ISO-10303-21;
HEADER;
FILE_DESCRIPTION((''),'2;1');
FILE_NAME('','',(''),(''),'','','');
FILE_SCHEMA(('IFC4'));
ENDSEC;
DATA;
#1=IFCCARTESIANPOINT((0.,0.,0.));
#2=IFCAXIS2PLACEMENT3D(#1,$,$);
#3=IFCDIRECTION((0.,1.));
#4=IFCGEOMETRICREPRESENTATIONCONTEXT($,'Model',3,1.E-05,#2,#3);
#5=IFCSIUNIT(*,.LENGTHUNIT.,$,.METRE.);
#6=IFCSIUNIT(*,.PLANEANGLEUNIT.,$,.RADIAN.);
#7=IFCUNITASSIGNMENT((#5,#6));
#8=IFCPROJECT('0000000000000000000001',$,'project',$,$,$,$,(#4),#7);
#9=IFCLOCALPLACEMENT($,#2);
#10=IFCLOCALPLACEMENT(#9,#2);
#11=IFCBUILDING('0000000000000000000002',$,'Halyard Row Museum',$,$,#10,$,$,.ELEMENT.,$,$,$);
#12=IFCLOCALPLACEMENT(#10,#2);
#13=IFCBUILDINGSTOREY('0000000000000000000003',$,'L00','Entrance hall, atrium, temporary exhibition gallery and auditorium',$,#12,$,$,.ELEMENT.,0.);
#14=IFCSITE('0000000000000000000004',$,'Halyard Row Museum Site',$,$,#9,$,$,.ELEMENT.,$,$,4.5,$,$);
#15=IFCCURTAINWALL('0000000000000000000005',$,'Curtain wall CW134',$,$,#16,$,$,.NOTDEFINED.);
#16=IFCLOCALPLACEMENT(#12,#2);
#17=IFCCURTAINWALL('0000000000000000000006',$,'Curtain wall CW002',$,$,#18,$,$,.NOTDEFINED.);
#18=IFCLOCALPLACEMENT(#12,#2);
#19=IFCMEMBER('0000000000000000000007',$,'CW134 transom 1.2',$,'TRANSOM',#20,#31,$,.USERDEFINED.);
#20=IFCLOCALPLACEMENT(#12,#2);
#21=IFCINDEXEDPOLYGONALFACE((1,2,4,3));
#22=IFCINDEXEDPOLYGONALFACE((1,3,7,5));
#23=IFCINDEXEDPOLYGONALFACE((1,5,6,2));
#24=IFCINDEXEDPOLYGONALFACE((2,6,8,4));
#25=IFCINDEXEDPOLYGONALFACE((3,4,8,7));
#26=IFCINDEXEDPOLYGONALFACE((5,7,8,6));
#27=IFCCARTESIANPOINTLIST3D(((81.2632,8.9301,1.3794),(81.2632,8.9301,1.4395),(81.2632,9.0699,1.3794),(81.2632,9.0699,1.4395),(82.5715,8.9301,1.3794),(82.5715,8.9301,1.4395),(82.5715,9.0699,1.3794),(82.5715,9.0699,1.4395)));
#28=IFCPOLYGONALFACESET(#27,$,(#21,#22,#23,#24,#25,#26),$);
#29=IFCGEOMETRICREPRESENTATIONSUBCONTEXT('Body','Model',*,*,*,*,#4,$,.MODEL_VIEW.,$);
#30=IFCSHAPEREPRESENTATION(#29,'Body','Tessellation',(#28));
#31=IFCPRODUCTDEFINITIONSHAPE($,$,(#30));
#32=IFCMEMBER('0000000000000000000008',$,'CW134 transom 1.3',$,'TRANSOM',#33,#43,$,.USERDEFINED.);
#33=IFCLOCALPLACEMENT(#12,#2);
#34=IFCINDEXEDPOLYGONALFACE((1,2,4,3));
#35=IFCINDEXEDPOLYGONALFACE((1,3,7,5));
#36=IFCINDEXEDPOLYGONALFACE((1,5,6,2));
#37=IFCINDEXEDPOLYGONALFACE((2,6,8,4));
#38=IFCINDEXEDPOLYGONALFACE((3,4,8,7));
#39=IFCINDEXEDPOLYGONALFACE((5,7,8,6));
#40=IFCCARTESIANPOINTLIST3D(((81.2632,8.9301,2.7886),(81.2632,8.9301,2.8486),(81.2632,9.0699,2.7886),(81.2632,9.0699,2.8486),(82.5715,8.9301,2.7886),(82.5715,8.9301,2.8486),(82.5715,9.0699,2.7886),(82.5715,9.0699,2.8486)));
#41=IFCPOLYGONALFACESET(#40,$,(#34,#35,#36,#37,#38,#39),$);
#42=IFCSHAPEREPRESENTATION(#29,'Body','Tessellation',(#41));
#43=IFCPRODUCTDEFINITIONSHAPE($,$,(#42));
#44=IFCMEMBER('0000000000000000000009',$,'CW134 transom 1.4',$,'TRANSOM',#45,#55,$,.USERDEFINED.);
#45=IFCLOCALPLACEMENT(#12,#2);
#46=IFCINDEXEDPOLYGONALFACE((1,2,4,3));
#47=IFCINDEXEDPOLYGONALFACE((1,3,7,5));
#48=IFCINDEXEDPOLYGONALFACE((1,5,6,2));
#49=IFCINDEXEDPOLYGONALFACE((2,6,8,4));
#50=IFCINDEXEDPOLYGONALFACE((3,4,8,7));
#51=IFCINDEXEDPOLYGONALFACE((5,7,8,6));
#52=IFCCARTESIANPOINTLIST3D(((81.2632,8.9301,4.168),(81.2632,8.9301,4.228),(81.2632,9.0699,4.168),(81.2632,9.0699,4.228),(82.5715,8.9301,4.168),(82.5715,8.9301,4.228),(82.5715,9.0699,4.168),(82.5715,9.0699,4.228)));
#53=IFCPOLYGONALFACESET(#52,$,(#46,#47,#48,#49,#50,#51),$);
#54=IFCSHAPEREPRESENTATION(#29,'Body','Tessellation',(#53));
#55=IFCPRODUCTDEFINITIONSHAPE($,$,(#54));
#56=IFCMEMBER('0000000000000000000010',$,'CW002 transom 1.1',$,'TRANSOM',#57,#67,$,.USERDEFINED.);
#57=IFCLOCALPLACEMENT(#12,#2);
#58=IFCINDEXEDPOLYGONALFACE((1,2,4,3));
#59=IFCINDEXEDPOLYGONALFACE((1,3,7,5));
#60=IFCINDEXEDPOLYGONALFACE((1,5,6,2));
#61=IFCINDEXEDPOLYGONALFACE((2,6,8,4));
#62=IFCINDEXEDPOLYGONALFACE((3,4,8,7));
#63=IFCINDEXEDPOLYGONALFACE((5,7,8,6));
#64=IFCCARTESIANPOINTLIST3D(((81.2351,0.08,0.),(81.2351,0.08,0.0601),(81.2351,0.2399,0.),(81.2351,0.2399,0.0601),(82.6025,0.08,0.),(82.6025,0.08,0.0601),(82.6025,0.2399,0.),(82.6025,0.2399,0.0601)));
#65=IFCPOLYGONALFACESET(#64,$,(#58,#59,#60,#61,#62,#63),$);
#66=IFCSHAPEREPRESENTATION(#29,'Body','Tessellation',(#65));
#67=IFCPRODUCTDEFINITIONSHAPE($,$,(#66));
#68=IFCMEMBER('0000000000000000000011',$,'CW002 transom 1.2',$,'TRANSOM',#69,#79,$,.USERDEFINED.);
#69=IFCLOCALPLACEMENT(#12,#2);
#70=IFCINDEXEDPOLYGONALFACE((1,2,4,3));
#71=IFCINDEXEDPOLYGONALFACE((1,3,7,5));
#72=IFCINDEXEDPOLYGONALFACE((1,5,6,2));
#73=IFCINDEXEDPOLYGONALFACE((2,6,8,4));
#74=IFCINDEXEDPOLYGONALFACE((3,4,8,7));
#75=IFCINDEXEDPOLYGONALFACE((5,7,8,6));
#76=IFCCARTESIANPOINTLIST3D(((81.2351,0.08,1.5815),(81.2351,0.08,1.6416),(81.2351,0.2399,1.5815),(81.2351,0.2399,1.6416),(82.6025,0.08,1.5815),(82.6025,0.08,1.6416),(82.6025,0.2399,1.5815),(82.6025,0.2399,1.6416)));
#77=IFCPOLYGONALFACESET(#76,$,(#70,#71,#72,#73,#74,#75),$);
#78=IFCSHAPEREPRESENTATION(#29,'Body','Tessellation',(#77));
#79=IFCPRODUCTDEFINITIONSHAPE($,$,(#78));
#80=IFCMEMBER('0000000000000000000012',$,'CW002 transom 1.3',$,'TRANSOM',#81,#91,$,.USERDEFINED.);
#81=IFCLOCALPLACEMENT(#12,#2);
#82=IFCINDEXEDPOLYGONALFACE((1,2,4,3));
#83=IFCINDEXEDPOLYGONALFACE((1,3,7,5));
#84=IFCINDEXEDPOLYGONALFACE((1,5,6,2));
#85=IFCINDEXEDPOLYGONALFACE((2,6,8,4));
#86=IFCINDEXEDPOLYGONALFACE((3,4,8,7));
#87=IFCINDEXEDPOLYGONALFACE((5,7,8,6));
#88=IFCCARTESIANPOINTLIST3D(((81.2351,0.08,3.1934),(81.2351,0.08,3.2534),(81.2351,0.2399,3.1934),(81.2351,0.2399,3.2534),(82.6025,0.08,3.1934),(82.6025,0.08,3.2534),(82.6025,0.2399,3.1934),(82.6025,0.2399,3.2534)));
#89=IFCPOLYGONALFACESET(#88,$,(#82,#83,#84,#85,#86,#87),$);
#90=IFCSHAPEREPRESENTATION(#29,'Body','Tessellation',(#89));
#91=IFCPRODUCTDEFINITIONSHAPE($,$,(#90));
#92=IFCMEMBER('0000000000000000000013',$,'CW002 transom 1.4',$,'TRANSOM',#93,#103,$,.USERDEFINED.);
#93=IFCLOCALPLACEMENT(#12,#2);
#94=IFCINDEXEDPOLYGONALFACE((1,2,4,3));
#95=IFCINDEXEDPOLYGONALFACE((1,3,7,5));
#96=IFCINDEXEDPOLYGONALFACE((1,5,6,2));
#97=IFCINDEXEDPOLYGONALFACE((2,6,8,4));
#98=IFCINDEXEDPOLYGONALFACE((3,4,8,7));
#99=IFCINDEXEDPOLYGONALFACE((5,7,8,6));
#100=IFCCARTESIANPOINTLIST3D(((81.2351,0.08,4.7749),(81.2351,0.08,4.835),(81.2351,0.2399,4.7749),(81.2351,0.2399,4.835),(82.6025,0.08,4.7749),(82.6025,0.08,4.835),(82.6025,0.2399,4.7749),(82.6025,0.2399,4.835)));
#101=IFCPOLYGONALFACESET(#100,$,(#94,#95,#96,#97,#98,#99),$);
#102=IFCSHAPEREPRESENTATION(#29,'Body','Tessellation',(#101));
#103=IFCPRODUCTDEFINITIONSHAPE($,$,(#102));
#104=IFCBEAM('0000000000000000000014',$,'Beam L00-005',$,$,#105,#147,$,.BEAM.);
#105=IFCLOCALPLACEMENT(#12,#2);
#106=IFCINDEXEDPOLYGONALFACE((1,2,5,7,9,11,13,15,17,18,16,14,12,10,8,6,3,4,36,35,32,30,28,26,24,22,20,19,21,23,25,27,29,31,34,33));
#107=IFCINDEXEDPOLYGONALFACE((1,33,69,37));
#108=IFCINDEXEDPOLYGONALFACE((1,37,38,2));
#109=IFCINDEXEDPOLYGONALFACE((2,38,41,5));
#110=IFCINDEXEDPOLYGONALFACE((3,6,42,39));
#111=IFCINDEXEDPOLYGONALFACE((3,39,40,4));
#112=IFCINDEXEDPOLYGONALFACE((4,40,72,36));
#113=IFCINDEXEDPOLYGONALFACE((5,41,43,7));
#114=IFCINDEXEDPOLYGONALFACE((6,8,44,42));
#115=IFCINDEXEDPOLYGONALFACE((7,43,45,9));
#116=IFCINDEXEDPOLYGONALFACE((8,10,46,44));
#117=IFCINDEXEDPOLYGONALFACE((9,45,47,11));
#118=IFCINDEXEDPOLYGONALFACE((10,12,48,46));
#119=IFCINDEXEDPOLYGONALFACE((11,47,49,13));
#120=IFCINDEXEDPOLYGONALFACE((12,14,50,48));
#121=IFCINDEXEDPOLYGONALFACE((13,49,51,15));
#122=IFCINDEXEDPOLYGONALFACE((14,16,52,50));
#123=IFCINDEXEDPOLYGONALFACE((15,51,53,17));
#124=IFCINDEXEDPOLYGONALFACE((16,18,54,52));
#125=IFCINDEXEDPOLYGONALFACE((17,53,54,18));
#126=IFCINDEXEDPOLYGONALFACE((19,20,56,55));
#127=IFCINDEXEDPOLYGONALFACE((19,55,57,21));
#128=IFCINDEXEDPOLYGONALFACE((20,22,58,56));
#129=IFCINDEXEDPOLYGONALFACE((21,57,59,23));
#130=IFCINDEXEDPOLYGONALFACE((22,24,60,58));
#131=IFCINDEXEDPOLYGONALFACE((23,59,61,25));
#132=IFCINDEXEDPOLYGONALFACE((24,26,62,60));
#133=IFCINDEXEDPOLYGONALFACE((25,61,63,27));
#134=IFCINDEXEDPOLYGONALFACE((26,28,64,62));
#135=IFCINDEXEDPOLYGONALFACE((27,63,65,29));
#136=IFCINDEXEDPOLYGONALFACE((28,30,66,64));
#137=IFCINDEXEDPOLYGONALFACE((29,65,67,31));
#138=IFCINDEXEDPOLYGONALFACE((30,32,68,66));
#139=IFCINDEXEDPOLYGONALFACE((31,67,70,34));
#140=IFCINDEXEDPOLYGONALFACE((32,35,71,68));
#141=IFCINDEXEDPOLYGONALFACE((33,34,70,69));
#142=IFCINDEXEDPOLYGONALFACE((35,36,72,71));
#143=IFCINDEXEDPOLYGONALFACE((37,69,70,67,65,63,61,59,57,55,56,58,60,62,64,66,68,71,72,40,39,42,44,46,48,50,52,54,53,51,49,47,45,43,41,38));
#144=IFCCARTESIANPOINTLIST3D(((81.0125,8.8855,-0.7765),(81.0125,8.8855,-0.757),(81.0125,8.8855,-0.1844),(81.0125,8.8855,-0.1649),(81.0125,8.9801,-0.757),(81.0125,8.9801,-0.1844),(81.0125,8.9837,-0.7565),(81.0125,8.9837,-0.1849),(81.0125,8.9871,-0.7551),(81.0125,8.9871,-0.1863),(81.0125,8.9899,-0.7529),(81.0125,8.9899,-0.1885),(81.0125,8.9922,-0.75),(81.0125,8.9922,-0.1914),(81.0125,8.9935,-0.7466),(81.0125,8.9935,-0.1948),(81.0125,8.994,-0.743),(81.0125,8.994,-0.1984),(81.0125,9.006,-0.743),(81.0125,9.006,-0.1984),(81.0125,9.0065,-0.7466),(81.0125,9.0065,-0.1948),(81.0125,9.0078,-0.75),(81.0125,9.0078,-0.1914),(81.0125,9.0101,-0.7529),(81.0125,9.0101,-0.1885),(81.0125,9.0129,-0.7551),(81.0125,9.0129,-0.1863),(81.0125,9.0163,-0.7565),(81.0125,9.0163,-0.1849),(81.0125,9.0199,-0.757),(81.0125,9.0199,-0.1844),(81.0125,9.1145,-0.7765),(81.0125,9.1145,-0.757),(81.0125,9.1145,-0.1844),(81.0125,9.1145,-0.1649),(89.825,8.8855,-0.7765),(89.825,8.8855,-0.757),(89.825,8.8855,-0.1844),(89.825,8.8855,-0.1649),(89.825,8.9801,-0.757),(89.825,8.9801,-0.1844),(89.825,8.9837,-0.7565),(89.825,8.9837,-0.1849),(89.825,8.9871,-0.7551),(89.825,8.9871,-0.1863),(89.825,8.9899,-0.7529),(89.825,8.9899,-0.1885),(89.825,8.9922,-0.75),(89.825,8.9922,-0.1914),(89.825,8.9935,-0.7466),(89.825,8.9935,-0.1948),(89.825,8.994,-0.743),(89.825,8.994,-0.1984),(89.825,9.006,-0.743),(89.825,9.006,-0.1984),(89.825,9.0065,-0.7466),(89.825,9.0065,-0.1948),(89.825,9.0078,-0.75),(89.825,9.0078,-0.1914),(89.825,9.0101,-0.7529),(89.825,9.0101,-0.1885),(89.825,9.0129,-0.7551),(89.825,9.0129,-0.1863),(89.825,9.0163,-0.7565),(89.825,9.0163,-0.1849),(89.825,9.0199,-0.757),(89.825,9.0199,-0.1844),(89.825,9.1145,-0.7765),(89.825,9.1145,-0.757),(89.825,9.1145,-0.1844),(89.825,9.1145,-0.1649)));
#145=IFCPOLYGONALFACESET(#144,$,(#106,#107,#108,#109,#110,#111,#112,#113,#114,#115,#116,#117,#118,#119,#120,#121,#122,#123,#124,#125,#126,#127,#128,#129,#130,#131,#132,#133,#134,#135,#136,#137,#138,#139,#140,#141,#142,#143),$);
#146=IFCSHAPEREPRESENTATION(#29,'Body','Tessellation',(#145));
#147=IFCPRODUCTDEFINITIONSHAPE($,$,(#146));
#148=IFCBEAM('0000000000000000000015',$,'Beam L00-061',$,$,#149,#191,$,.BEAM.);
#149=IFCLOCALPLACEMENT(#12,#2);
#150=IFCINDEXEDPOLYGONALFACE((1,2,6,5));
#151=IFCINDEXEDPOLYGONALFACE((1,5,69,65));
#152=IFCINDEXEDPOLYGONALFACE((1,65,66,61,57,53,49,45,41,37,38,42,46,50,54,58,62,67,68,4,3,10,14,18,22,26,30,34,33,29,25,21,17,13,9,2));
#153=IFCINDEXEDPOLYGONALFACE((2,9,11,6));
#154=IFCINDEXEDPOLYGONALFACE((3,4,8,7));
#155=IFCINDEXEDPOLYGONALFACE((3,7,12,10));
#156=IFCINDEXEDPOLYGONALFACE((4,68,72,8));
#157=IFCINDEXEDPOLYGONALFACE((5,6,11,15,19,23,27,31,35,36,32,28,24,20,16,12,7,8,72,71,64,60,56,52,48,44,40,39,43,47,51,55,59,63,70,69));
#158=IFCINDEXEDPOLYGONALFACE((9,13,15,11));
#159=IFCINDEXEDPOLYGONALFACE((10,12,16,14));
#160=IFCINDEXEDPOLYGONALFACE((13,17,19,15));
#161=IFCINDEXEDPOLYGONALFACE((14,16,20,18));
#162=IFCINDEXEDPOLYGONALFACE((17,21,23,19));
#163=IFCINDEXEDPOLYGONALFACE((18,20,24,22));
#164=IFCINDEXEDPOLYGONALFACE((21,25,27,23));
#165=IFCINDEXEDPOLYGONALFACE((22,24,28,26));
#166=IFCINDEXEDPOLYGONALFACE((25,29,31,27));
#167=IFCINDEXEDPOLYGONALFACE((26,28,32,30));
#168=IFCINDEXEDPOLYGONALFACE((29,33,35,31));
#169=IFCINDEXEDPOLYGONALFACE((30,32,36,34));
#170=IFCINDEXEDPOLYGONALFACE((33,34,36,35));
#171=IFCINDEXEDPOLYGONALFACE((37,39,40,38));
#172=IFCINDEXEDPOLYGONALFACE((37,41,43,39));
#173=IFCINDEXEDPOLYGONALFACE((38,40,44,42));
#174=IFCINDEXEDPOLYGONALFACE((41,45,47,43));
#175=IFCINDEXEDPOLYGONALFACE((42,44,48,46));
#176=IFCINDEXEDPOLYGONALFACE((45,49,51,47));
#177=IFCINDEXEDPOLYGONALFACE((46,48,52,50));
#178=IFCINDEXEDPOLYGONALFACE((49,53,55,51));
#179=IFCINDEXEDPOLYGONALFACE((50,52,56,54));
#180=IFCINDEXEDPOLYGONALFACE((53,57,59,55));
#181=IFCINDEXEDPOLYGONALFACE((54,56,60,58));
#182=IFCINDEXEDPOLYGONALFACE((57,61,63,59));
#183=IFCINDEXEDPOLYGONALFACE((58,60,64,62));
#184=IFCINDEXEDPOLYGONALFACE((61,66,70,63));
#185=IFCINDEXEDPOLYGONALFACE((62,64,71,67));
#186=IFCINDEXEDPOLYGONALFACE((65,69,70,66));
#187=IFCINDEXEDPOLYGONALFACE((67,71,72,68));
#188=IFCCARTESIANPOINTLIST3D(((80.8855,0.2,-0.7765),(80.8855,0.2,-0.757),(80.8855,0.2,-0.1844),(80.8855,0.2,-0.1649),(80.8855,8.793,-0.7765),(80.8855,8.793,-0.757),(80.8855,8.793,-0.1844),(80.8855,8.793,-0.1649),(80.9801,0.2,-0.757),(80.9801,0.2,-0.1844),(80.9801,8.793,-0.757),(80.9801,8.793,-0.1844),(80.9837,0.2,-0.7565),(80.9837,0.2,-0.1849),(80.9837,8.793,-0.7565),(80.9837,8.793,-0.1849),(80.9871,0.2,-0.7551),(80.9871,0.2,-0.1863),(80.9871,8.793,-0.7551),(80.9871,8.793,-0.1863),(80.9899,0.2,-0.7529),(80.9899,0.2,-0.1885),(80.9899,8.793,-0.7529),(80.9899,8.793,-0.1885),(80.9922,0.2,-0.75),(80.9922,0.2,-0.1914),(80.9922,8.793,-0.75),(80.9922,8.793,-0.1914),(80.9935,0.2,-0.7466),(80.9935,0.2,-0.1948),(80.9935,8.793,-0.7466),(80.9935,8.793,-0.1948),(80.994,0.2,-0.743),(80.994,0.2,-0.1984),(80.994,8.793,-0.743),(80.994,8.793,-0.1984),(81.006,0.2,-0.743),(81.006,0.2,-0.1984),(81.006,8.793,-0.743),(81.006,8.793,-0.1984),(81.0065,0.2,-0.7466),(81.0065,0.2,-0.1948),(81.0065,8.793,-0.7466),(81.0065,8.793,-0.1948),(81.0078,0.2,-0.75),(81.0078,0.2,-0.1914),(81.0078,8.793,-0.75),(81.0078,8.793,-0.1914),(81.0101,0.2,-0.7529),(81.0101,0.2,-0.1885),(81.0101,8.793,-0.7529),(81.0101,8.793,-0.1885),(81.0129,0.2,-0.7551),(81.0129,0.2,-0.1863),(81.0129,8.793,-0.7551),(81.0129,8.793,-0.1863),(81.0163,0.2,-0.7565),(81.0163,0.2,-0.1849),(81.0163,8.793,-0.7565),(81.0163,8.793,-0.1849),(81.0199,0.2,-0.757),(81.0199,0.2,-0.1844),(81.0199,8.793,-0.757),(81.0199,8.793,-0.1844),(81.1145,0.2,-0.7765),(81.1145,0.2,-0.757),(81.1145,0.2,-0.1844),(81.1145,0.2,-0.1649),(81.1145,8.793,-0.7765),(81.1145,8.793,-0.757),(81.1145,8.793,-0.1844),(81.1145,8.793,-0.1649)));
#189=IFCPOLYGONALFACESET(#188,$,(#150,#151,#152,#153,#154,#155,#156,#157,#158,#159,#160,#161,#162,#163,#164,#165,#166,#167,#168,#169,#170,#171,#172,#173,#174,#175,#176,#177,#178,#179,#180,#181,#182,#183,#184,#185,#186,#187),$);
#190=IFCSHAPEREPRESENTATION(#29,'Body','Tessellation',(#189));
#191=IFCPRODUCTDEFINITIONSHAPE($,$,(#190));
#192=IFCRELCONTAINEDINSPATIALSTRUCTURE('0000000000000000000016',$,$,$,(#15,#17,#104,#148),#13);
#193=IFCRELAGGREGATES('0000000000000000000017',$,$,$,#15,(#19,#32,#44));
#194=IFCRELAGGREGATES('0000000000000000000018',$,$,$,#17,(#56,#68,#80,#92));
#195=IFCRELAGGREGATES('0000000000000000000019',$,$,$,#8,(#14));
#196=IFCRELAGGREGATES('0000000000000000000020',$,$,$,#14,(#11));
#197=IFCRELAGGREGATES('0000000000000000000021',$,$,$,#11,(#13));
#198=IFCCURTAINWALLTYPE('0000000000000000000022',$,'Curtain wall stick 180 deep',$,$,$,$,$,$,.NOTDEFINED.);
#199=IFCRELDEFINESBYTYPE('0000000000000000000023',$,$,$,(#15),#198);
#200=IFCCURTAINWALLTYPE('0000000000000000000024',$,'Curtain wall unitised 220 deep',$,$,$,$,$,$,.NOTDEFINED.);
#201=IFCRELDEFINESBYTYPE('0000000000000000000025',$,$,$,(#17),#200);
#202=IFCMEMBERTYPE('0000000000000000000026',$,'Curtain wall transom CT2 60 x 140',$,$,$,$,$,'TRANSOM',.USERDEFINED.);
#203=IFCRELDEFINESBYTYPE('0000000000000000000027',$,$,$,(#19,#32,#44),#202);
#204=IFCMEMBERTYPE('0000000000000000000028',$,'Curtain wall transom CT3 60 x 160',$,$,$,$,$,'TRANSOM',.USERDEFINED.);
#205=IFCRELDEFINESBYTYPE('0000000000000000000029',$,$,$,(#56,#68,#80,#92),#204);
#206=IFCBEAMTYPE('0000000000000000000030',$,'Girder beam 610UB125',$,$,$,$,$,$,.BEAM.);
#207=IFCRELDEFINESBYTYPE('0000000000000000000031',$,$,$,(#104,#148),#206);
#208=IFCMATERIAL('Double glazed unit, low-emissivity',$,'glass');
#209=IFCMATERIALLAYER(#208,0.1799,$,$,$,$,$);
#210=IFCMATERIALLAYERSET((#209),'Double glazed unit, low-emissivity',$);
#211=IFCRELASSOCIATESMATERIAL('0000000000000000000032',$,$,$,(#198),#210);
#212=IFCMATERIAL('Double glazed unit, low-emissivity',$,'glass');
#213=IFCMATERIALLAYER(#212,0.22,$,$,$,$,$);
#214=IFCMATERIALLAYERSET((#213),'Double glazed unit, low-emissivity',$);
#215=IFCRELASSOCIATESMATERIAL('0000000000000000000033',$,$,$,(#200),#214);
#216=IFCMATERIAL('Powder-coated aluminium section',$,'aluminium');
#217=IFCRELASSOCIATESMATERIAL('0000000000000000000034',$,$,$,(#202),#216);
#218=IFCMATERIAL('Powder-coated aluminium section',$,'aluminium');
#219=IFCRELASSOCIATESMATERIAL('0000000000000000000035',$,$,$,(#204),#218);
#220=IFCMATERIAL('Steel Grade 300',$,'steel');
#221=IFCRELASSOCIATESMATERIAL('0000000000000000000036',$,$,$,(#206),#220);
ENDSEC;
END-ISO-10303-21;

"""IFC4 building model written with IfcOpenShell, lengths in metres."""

from ifc_helpers import new_model, si_unit, direction, frame, origin, origin_2d, place, context, subcontext, project, spatial, rectangle, i_section, extrude, material, layer, layer_set, material_profile, profile_set, type_object, element, aggregate, save


model = new_model("IFC4")

# Units and contexts
model_context = context("Model", 3, precision=1e-05, world=origin(), true_north=direction((0.0, 1.0)))
body_context = subcontext(model_context, "Body", "Model", "MODEL_VIEW")
ifc_project = project(units=[si_unit("LENGTHUNIT", "METRE"), si_unit("PLANEANGLEUNIT", "RADIAN")], contexts=[model_context])

# Site, building, storey
site_placement = place(None, origin())
site = spatial("IfcSite", under=ifc_project, at=site_placement, Name="Halyard Row Museum Site", CompositionType="ELEMENT", RefElevation=4.5)
building_placement = place(site_placement, origin())
building = spatial("IfcBuilding", under=site, at=building_placement, Name="Halyard Row Museum", CompositionType="ELEMENT")
storey_placement = place(building_placement, origin())
storey = spatial("IfcBuildingStorey", under=building, at=storey_placement, Name="L00", Description="Entrance hall, atrium, temporary exhibition gallery and auditorium", CompositionType="ELEMENT", Elevation=0.0)

# Curtain wall
ifc_material_1 = material(Name="Double glazed unit, low-emissivity", Category="glass")
ifc_layer_1 = layer(ifc_material_1, 0.1799)
ifc_layer_set_1 = layer_set([ifc_layer_1], Name="Double glazed unit, low-emissivity")
curtain_wall_type_1 = type_object("IfcCurtainWallType", Name="Curtain wall stick 180 deep", PredefinedType="NOTDEFINED", material=ifc_layer_set_1)
curtain_wall_1_placement = place(storey_placement, origin())
curtain_wall_1 = element("IfcCurtainWall", 1, at=curtain_wall_1_placement, inside=storey, type_object=curtain_wall_type_1, Name="Curtain wall CW134", PredefinedType="NOTDEFINED")

# Curtain wall
ifc_material_2 = material(Name="Double glazed unit, low-emissivity", Category="glass")
ifc_layer_2 = layer(ifc_material_2, 0.22)
ifc_layer_set_2 = layer_set([ifc_layer_2], Name="Double glazed unit, low-emissivity")
curtain_wall_type_2 = type_object("IfcCurtainWallType", Name="Curtain wall unitised 220 deep", PredefinedType="NOTDEFINED", material=ifc_layer_set_2)
curtain_wall_2_placement = place(storey_placement, origin())
curtain_wall_2 = element("IfcCurtainWall", 2, at=curtain_wall_2_placement, inside=storey, type_object=curtain_wall_type_2, Name="Curtain wall CW002", PredefinedType="NOTDEFINED")

# Members
ifc_material_3 = material(Name="Powder-coated aluminium section", Category="aluminium")
ifc_material_profile_1 = material_profile(ifc_material_3, rectangle(XDim=0.1399, YDim=0.0601, at=origin_2d()), Name="140x60 transom")
ifc_profile_set_1 = profile_set([ifc_material_profile_1], Name="Powder-coated aluminium section")
member_type_1 = type_object("IfcMemberType", Name="Curtain wall transom CT2 60 x 140", ElementType="TRANSOM", PredefinedType="USERDEFINED", material=ifc_profile_set_1)
member_1_placement = place(storey_placement, frame((81.2632, 9.0, 1.4094), z_axis=(1.0, 0.0, 0.0), x_axis=(0.0, 1.0, 0.0)))
member_1 = element("IfcMember", 3, at=member_1_placement, type_object=member_type_1, Name="CW134 transom 1.2", ObjectType="TRANSOM", PredefinedType="USERDEFINED", context=body_context, shape_type="SweptSolid", body=[
    extrude(rectangle(XDim=0.1399, YDim=0.0601, at=origin_2d()), origin(), (0.0, 0.0, 1.0), 1.3083),
])
member_2_placement = place(storey_placement, frame((81.2632, 9.0, 2.8186), z_axis=(1.0, 0.0, 0.0), x_axis=(0.0, 1.0, 0.0)))
member_2 = element("IfcMember", 4, at=member_2_placement, type_object=member_type_1, Name="CW134 transom 1.3", ObjectType="TRANSOM", PredefinedType="USERDEFINED", context=body_context, shape_type="SweptSolid", body=[
    extrude(rectangle(XDim=0.1399, YDim=0.0601, at=origin_2d()), origin(), (0.0, 0.0, 1.0), 1.3083),
])
member_3_placement = place(storey_placement, frame((81.2632, 9.0, 4.198), z_axis=(1.0, 0.0, 0.0), x_axis=(0.0, 1.0, 0.0)))
member_3 = element("IfcMember", 5, at=member_3_placement, type_object=member_type_1, Name="CW134 transom 1.4", ObjectType="TRANSOM", PredefinedType="USERDEFINED", context=body_context, shape_type="SweptSolid", body=[
    extrude(rectangle(XDim=0.1399, YDim=0.0601, at=origin_2d()), origin(), (0.0, 0.0, 1.0), 1.3083),
])
ifc_material_4 = material(Name="Powder-coated aluminium section", Category="aluminium")
ifc_material_profile_2 = material_profile(ifc_material_4, rectangle(XDim=0.1599, YDim=0.0601, at=origin_2d()), Name="160x60 transom")
ifc_profile_set_2 = profile_set([ifc_material_profile_2], Name="Powder-coated aluminium section")
member_type_2 = type_object("IfcMemberType", Name="Curtain wall transom CT3 60 x 160", ElementType="TRANSOM", PredefinedType="USERDEFINED", material=ifc_profile_set_2)
member_4_placement = place(storey_placement, frame((81.2351, 0.1599, 0.03), z_axis=(1.0, 0.0, 0.0), x_axis=(0.0, 1.0, 0.0)))
member_4 = element("IfcMember", 6, at=member_4_placement, type_object=member_type_2, Name="CW002 transom 1.1", ObjectType="TRANSOM", PredefinedType="USERDEFINED", context=body_context, shape_type="SweptSolid", body=[
    extrude(rectangle(XDim=0.1599, YDim=0.0601, at=origin_2d()), origin(), (0.0, 0.0, 1.0), 1.3674),
])
member_5_placement = place(storey_placement, frame((81.2351, 0.1599, 1.6116), z_axis=(1.0, 0.0, 0.0), x_axis=(0.0, 1.0, 0.0)))
member_5 = element("IfcMember", 7, at=member_5_placement, type_object=member_type_2, Name="CW002 transom 1.2", ObjectType="TRANSOM", PredefinedType="USERDEFINED", context=body_context, shape_type="SweptSolid", body=[
    extrude(rectangle(XDim=0.1599, YDim=0.0601, at=origin_2d()), origin(), (0.0, 0.0, 1.0), 1.3674),
])
member_6_placement = place(storey_placement, frame((81.2351, 0.1599, 3.2234), z_axis=(1.0, 0.0, 0.0), x_axis=(0.0, 1.0, 0.0)))
member_6 = element("IfcMember", 8, at=member_6_placement, type_object=member_type_2, Name="CW002 transom 1.3", ObjectType="TRANSOM", PredefinedType="USERDEFINED", context=body_context, shape_type="SweptSolid", body=[
    extrude(rectangle(XDim=0.1599, YDim=0.0601, at=origin_2d()), origin(), (0.0, 0.0, 1.0), 1.3674),
])
member_7_placement = place(storey_placement, frame((81.2351, 0.1599, 4.8049), z_axis=(1.0, 0.0, 0.0), x_axis=(0.0, 1.0, 0.0)))
member_7 = element("IfcMember", 9, at=member_7_placement, type_object=member_type_2, Name="CW002 transom 1.4", ObjectType="TRANSOM", PredefinedType="USERDEFINED", context=body_context, shape_type="SweptSolid", body=[
    extrude(rectangle(XDim=0.1599, YDim=0.0601, at=origin_2d()), origin(), (0.0, 0.0, 1.0), 1.3674),
])

# Beams
ifc_material_5 = material(Name="Steel Grade 300", Category="steel")
ifc_material_profile_3 = material_profile(ifc_material_5, i_section(OverallWidth=0.229, OverallDepth=0.6116, WebThickness=0.012, FlangeThickness=0.0195, FilletRadius=0.0139, at=origin_2d()), Name="610UB125")
ifc_profile_set_3 = profile_set([ifc_material_profile_3], Name="Steel Grade 300")
beam_type = type_object("IfcBeamType", Name="Girder beam 610UB125", PredefinedType="BEAM", material=ifc_profile_set_3)
beam_1_placement = place(storey_placement, frame((81.0125, 9.0, -0.4707), z_axis=(1.0, 0.0, 0.0), x_axis=(0.0, 1.0, 0.0)))
element("IfcBeam", 10, at=beam_1_placement, inside=storey, type_object=beam_type, Name="Beam L00-005", PredefinedType="BEAM", context=body_context, shape_type="SweptSolid", body=[
    extrude(i_section(OverallWidth=0.229, OverallDepth=0.6116, WebThickness=0.012, FlangeThickness=0.0195, FilletRadius=0.0139, at=origin_2d()), origin(), (0.0, 0.0, 1.0), 8.8125),
])
beam_2_placement = place(storey_placement, frame((81.0, 0.2, -0.4707), z_axis=(0.0, 1.0, 0.0), x_axis=(-1.0, 0.0, 0.0)))
element("IfcBeam", 11, at=beam_2_placement, inside=storey, type_object=beam_type, Name="Beam L00-061", PredefinedType="BEAM", context=body_context, shape_type="SweptSolid", body=[
    extrude(i_section(OverallWidth=0.229, OverallDepth=0.6116, WebThickness=0.012, FlangeThickness=0.0195, FilletRadius=0.0139, at=origin_2d()), origin(), (0.0, 0.0, 1.0), 8.593),
])

aggregate(curtain_wall_1, [member_1, member_2, member_3])
aggregate(curtain_wall_2, [member_4, member_5, member_6, member_7])

save(model, "model.ifc")
